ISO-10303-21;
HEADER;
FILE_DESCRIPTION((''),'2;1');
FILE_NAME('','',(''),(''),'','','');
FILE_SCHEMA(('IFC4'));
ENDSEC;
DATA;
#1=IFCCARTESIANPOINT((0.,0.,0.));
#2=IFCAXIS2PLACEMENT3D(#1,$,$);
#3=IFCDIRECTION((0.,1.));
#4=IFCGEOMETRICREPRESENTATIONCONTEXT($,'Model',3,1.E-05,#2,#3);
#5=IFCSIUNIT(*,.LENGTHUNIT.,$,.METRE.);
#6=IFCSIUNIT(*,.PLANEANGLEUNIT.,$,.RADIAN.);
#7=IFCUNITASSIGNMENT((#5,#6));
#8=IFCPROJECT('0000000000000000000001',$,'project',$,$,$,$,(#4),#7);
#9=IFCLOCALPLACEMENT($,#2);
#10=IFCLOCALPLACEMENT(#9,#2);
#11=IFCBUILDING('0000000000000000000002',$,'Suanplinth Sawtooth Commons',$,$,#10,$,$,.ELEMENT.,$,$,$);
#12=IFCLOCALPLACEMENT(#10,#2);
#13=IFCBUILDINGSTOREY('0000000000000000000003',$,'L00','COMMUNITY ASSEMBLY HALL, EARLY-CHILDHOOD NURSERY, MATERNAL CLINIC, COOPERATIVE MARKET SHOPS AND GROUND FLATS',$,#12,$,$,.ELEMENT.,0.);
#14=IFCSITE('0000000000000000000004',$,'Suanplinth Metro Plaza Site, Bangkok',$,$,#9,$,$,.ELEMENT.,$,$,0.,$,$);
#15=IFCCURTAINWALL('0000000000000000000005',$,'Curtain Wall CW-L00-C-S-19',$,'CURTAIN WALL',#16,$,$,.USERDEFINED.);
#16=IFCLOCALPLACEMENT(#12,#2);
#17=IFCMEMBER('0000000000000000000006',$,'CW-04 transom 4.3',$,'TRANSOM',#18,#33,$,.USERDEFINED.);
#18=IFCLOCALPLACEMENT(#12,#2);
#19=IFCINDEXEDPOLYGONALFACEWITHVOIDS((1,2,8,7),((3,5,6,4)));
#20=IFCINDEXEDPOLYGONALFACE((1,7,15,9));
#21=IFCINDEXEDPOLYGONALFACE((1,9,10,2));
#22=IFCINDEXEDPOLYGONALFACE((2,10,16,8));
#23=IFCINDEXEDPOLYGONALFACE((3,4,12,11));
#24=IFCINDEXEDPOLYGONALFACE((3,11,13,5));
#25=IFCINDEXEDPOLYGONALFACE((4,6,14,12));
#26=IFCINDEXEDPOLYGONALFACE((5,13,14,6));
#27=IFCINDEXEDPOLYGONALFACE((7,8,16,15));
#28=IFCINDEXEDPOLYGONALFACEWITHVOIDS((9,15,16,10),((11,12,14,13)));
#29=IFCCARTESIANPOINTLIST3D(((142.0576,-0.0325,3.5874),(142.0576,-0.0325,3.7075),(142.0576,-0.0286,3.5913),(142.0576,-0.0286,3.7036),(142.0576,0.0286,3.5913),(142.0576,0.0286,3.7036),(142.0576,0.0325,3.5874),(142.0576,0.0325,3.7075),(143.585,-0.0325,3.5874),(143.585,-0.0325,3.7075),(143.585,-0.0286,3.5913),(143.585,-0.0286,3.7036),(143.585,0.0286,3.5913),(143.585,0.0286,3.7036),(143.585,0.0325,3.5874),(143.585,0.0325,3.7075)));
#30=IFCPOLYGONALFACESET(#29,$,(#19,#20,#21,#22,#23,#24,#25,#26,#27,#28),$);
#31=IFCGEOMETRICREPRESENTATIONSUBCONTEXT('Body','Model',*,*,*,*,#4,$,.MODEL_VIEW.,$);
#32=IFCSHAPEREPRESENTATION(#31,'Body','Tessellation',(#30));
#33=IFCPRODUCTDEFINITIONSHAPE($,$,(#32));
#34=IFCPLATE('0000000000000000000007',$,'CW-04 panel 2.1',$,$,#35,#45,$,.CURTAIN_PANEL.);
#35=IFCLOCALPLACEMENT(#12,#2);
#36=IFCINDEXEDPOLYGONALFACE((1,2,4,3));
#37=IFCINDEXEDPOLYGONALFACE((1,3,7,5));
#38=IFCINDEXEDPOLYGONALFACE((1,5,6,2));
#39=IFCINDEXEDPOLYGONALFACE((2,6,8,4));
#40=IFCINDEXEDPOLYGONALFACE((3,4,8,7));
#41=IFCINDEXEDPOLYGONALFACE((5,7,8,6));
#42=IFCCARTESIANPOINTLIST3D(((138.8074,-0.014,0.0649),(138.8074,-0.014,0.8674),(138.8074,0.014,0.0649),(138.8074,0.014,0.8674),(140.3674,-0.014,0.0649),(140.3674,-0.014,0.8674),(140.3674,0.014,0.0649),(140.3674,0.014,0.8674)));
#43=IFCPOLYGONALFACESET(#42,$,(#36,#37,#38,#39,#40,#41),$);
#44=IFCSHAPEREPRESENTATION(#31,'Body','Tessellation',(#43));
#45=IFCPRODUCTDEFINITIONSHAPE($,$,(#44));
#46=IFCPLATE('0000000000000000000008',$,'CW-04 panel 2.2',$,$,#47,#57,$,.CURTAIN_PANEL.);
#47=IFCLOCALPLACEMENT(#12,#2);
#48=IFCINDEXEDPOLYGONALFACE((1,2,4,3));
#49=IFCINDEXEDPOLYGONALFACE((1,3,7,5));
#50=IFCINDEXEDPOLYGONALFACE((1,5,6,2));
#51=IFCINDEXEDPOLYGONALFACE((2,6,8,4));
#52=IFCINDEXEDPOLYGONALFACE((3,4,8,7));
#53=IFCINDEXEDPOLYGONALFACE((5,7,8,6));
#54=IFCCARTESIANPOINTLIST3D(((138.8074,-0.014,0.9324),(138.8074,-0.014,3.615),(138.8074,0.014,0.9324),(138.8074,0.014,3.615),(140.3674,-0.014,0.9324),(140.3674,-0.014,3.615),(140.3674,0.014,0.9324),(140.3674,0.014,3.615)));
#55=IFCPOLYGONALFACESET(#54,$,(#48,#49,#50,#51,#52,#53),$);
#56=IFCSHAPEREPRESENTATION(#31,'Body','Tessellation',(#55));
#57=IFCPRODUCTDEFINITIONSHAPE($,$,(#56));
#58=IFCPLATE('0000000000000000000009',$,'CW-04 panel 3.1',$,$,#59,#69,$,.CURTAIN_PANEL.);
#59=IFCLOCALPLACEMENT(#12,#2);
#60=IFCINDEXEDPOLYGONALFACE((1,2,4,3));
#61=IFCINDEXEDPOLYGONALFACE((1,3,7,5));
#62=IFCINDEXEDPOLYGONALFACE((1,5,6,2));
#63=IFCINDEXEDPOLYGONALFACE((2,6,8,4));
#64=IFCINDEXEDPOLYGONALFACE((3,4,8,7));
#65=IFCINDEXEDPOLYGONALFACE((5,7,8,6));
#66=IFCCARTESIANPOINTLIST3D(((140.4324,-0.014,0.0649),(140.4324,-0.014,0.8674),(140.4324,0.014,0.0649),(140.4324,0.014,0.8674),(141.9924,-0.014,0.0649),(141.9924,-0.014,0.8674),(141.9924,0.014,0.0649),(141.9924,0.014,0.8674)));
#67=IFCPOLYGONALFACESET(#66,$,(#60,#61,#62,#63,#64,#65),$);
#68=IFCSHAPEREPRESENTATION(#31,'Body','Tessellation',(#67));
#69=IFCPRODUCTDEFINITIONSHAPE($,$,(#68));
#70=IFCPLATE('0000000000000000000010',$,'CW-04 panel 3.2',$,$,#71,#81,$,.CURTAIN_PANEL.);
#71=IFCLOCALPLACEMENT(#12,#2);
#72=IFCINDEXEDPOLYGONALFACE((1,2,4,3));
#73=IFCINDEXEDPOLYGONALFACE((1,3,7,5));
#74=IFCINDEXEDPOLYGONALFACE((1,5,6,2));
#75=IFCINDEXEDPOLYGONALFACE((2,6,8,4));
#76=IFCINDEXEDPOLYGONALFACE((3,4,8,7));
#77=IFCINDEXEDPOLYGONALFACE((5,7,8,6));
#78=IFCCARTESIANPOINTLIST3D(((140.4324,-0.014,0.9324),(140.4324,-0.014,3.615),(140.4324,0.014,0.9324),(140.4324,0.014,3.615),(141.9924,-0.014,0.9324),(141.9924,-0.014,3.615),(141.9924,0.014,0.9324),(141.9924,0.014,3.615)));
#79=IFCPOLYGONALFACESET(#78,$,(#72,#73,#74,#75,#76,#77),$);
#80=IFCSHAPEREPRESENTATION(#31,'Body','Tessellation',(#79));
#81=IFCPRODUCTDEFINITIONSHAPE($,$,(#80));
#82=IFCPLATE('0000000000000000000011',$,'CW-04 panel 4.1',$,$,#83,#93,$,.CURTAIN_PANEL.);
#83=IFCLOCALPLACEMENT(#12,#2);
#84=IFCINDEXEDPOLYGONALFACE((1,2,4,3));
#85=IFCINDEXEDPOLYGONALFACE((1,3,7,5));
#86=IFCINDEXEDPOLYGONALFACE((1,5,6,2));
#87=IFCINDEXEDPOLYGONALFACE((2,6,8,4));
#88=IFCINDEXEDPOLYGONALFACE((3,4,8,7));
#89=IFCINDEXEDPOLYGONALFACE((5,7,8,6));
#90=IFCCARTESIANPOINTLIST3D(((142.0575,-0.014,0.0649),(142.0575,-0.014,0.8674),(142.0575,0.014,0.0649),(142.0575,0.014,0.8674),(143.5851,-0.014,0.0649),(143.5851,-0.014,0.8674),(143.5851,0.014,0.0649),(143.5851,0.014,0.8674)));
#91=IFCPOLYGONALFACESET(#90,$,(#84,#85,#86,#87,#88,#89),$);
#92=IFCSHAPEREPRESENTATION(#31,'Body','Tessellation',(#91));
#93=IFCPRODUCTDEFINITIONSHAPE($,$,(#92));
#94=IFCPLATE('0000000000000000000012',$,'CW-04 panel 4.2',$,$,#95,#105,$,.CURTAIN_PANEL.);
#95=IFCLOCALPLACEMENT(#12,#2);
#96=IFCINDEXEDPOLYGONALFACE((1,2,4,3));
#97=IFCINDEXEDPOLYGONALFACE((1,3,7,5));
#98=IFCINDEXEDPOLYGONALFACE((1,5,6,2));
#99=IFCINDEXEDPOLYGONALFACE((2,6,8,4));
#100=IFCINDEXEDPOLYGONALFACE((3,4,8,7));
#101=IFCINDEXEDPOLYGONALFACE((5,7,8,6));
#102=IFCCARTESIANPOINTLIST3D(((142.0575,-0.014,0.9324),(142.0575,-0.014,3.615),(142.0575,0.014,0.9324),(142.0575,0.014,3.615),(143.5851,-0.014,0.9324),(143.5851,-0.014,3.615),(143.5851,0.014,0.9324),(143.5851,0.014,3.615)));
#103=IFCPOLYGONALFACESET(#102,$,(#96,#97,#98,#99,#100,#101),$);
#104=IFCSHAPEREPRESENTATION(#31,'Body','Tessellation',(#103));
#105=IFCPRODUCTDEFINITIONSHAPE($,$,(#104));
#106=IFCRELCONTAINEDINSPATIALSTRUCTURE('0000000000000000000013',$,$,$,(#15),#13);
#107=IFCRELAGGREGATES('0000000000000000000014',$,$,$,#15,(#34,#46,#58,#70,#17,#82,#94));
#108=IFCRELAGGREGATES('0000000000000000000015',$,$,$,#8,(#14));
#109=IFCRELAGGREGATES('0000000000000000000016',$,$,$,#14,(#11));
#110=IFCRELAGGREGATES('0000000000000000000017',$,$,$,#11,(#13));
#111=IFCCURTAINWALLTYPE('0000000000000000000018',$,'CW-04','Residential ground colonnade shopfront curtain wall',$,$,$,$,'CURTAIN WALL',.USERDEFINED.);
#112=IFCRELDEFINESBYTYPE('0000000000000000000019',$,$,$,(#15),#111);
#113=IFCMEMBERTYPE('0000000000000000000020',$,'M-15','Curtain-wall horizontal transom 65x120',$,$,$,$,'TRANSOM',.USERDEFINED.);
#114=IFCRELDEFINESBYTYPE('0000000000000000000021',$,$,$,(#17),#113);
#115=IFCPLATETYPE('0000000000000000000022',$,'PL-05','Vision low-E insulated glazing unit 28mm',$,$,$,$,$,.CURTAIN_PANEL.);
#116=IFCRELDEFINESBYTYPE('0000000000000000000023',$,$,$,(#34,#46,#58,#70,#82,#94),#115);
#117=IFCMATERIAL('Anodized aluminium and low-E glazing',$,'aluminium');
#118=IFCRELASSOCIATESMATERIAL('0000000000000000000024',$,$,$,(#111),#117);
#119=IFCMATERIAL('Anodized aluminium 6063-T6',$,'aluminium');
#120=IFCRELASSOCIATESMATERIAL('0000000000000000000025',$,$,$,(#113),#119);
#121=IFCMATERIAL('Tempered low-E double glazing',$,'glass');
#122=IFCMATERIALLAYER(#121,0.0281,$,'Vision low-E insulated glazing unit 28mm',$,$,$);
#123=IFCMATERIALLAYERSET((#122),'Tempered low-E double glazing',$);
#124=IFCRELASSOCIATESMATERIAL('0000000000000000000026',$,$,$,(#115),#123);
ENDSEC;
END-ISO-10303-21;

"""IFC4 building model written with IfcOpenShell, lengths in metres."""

from ifc_helpers import new_model, si_unit, direction, frame, origin, origin_2d, place, context, subcontext, project, spatial, rectangle, hollow_rectangle, extrude, material, layer, layer_set, material_profile, profile_set, type_object, element, aggregate, save


model = new_model("IFC4")

# Units and contexts
model_context = context("Model", 3, precision=1e-05, world=origin(), true_north=direction((0.0, 1.0)))
body_context = subcontext(model_context, "Body", "Model", "MODEL_VIEW")
ifc_project = project(units=[si_unit("LENGTHUNIT", "METRE"), si_unit("PLANEANGLEUNIT", "RADIAN")], contexts=[model_context])

# Site, building, storey
site_placement = place(None, origin())
site = spatial("IfcSite", under=ifc_project, at=site_placement, Name="Suanplinth Metro Plaza Site, Bangkok", CompositionType="ELEMENT", RefElevation=0.0)
building_placement = place(site_placement, origin())
building = spatial("IfcBuilding", under=site, at=building_placement, Name="Suanplinth Sawtooth Commons", CompositionType="ELEMENT")
storey_placement = place(building_placement, origin())
storey = spatial("IfcBuildingStorey", under=building, at=storey_placement, Name="L00", Description="COMMUNITY ASSEMBLY HALL, EARLY-CHILDHOOD NURSERY, MATERNAL CLINIC, COOPERATIVE MARKET SHOPS AND GROUND FLATS", CompositionType="ELEMENT", Elevation=0.0)

# Curtain wall, member, plates
ifc_material_1 = material(Name="Anodized aluminium and low-E glazing", Category="aluminium")
curtain_wall_type = type_object("IfcCurtainWallType", Name="CW-04", Description="Residential ground colonnade shopfront curtain wall", ElementType="CURTAIN WALL", PredefinedType="USERDEFINED", material=ifc_material_1)
curtain_wall_placement = place(storey_placement, origin())
curtain_wall = element("IfcCurtainWall", 1, at=curtain_wall_placement, inside=storey, type_object=curtain_wall_type, Name="Curtain Wall CW-L00-C-S-19", ObjectType="CURTAIN WALL", PredefinedType="USERDEFINED")
ifc_material_2 = material(Name="Anodized aluminium 6063-T6", Category="aluminium")
ifc_material_profile_1 = material_profile(ifc_material_2, hollow_rectangle(XDim=0.0649, YDim=0.1201, WallThickness=0.0039, at=origin_2d()), Name="ALU-TRN 65x120")
ifc_profile_set_1 = profile_set([ifc_material_profile_1], Name="Anodized aluminium 6063-T6")
member_type_1 = type_object("IfcMemberType", Name="M-15", Description="Curtain-wall horizontal transom 65x120", ElementType="TRANSOM", PredefinedType="USERDEFINED", material=ifc_profile_set_1)
member_1_placement = place(storey_placement, frame((142.0576, 0.0, 3.6475), z_axis=(1.0, 0.0, 0.0), x_axis=(0.0, 1.0, 0.0)))
member_1 = element("IfcMember", 2, at=member_1_placement, type_object=member_type_1, Name="CW-04 transom 4.3", ObjectType="TRANSOM", PredefinedType="USERDEFINED", context=body_context, shape_type="SweptSolid", body=[
    extrude(hollow_rectangle(XDim=0.0649, YDim=0.1201, WallThickness=0.0039, at=origin_2d()), origin(), (0.0, 0.0, 1.0), 1.5273),
])
ifc_material_3 = material(Name="Tempered low-E double glazing", Category="glass")
ifc_layer = layer(ifc_material_3, 0.0281, Name="Vision low-E insulated glazing unit 28mm")
ifc_layer_set = layer_set([ifc_layer], Name="Tempered low-E double glazing")
plate_type = type_object("IfcPlateType", Name="PL-05", Description="Vision low-E insulated glazing unit 28mm", PredefinedType="CURTAIN_PANEL", material=ifc_layer_set)
plate_1_placement = place(storey_placement, frame((139.5874, 0.0, 0.0649), z_axis=(0.0, 0.0, 1.0), x_axis=(1.0, 0.0, 0.0)))
plate_1 = element("IfcPlate", 3, at=plate_1_placement, type_object=plate_type, Name="CW-04 panel 2.1", PredefinedType="CURTAIN_PANEL", context=body_context, shape_type="SweptSolid", body=[
    extrude(rectangle(XDim=1.5601, YDim=0.0281, at=origin_2d()), origin(), (0.0, 0.0, 1.0), 0.8025),
])
plate_2_placement = place(storey_placement, frame((139.5874, 0.0, 0.9324), z_axis=(0.0, 0.0, 1.0), x_axis=(1.0, 0.0, 0.0)))
plate_2 = element("IfcPlate", 4, at=plate_2_placement, type_object=plate_type, Name="CW-04 panel 2.2", PredefinedType="CURTAIN_PANEL", context=body_context, shape_type="SweptSolid", body=[
    extrude(rectangle(XDim=1.5601, YDim=0.0281, at=origin_2d()), origin(), (0.0, 0.0, 1.0), 2.6826),
])
plate_3_placement = place(storey_placement, frame((141.2124, 0.0, 0.0649), z_axis=(0.0, 0.0, 1.0), x_axis=(1.0, 0.0, 0.0)))
plate_3 = element("IfcPlate", 5, at=plate_3_placement, type_object=plate_type, Name="CW-04 panel 3.1", PredefinedType="CURTAIN_PANEL", context=body_context, shape_type="SweptSolid", body=[
    extrude(rectangle(XDim=1.5601, YDim=0.0281, at=origin_2d()), origin(), (0.0, 0.0, 1.0), 0.8025),
])
plate_4_placement = place(storey_placement, frame((141.2124, 0.0, 0.9324), z_axis=(0.0, 0.0, 1.0), x_axis=(1.0, 0.0, 0.0)))
plate_4 = element("IfcPlate", 6, at=plate_4_placement, type_object=plate_type, Name="CW-04 panel 3.2", PredefinedType="CURTAIN_PANEL", context=body_context, shape_type="SweptSolid", body=[
    extrude(rectangle(XDim=1.5601, YDim=0.0281, at=origin_2d()), origin(), (0.0, 0.0, 1.0), 2.6826),
])
plate_5_placement = place(storey_placement, frame((142.8213, 0.0, 0.0649), z_axis=(0.0, 0.0, 1.0), x_axis=(1.0, 0.0, 0.0)))
plate_5 = element("IfcPlate", 7, at=plate_5_placement, type_object=plate_type, Name="CW-04 panel 4.1", PredefinedType="CURTAIN_PANEL", context=body_context, shape_type="SweptSolid", body=[
    extrude(rectangle(XDim=1.5276, YDim=0.0281, at=origin_2d()), origin(), (0.0, 0.0, 1.0), 0.8025),
])
plate_6_placement = place(storey_placement, frame((142.8213, 0.0, 0.9324), z_axis=(0.0, 0.0, 1.0), x_axis=(1.0, 0.0, 0.0)))
plate_6 = element("IfcPlate", 8, at=plate_6_placement, type_object=plate_type, Name="CW-04 panel 4.2", PredefinedType="CURTAIN_PANEL", context=body_context, shape_type="SweptSolid", body=[
    extrude(rectangle(XDim=1.5276, YDim=0.0281, at=origin_2d()), origin(), (0.0, 0.0, 1.0), 2.6826),
])
aggregate(curtain_wall, [plate_1, plate_2, plate_3, plate_4, member_1, plate_5, plate_6])

save(model, "model.ifc")
